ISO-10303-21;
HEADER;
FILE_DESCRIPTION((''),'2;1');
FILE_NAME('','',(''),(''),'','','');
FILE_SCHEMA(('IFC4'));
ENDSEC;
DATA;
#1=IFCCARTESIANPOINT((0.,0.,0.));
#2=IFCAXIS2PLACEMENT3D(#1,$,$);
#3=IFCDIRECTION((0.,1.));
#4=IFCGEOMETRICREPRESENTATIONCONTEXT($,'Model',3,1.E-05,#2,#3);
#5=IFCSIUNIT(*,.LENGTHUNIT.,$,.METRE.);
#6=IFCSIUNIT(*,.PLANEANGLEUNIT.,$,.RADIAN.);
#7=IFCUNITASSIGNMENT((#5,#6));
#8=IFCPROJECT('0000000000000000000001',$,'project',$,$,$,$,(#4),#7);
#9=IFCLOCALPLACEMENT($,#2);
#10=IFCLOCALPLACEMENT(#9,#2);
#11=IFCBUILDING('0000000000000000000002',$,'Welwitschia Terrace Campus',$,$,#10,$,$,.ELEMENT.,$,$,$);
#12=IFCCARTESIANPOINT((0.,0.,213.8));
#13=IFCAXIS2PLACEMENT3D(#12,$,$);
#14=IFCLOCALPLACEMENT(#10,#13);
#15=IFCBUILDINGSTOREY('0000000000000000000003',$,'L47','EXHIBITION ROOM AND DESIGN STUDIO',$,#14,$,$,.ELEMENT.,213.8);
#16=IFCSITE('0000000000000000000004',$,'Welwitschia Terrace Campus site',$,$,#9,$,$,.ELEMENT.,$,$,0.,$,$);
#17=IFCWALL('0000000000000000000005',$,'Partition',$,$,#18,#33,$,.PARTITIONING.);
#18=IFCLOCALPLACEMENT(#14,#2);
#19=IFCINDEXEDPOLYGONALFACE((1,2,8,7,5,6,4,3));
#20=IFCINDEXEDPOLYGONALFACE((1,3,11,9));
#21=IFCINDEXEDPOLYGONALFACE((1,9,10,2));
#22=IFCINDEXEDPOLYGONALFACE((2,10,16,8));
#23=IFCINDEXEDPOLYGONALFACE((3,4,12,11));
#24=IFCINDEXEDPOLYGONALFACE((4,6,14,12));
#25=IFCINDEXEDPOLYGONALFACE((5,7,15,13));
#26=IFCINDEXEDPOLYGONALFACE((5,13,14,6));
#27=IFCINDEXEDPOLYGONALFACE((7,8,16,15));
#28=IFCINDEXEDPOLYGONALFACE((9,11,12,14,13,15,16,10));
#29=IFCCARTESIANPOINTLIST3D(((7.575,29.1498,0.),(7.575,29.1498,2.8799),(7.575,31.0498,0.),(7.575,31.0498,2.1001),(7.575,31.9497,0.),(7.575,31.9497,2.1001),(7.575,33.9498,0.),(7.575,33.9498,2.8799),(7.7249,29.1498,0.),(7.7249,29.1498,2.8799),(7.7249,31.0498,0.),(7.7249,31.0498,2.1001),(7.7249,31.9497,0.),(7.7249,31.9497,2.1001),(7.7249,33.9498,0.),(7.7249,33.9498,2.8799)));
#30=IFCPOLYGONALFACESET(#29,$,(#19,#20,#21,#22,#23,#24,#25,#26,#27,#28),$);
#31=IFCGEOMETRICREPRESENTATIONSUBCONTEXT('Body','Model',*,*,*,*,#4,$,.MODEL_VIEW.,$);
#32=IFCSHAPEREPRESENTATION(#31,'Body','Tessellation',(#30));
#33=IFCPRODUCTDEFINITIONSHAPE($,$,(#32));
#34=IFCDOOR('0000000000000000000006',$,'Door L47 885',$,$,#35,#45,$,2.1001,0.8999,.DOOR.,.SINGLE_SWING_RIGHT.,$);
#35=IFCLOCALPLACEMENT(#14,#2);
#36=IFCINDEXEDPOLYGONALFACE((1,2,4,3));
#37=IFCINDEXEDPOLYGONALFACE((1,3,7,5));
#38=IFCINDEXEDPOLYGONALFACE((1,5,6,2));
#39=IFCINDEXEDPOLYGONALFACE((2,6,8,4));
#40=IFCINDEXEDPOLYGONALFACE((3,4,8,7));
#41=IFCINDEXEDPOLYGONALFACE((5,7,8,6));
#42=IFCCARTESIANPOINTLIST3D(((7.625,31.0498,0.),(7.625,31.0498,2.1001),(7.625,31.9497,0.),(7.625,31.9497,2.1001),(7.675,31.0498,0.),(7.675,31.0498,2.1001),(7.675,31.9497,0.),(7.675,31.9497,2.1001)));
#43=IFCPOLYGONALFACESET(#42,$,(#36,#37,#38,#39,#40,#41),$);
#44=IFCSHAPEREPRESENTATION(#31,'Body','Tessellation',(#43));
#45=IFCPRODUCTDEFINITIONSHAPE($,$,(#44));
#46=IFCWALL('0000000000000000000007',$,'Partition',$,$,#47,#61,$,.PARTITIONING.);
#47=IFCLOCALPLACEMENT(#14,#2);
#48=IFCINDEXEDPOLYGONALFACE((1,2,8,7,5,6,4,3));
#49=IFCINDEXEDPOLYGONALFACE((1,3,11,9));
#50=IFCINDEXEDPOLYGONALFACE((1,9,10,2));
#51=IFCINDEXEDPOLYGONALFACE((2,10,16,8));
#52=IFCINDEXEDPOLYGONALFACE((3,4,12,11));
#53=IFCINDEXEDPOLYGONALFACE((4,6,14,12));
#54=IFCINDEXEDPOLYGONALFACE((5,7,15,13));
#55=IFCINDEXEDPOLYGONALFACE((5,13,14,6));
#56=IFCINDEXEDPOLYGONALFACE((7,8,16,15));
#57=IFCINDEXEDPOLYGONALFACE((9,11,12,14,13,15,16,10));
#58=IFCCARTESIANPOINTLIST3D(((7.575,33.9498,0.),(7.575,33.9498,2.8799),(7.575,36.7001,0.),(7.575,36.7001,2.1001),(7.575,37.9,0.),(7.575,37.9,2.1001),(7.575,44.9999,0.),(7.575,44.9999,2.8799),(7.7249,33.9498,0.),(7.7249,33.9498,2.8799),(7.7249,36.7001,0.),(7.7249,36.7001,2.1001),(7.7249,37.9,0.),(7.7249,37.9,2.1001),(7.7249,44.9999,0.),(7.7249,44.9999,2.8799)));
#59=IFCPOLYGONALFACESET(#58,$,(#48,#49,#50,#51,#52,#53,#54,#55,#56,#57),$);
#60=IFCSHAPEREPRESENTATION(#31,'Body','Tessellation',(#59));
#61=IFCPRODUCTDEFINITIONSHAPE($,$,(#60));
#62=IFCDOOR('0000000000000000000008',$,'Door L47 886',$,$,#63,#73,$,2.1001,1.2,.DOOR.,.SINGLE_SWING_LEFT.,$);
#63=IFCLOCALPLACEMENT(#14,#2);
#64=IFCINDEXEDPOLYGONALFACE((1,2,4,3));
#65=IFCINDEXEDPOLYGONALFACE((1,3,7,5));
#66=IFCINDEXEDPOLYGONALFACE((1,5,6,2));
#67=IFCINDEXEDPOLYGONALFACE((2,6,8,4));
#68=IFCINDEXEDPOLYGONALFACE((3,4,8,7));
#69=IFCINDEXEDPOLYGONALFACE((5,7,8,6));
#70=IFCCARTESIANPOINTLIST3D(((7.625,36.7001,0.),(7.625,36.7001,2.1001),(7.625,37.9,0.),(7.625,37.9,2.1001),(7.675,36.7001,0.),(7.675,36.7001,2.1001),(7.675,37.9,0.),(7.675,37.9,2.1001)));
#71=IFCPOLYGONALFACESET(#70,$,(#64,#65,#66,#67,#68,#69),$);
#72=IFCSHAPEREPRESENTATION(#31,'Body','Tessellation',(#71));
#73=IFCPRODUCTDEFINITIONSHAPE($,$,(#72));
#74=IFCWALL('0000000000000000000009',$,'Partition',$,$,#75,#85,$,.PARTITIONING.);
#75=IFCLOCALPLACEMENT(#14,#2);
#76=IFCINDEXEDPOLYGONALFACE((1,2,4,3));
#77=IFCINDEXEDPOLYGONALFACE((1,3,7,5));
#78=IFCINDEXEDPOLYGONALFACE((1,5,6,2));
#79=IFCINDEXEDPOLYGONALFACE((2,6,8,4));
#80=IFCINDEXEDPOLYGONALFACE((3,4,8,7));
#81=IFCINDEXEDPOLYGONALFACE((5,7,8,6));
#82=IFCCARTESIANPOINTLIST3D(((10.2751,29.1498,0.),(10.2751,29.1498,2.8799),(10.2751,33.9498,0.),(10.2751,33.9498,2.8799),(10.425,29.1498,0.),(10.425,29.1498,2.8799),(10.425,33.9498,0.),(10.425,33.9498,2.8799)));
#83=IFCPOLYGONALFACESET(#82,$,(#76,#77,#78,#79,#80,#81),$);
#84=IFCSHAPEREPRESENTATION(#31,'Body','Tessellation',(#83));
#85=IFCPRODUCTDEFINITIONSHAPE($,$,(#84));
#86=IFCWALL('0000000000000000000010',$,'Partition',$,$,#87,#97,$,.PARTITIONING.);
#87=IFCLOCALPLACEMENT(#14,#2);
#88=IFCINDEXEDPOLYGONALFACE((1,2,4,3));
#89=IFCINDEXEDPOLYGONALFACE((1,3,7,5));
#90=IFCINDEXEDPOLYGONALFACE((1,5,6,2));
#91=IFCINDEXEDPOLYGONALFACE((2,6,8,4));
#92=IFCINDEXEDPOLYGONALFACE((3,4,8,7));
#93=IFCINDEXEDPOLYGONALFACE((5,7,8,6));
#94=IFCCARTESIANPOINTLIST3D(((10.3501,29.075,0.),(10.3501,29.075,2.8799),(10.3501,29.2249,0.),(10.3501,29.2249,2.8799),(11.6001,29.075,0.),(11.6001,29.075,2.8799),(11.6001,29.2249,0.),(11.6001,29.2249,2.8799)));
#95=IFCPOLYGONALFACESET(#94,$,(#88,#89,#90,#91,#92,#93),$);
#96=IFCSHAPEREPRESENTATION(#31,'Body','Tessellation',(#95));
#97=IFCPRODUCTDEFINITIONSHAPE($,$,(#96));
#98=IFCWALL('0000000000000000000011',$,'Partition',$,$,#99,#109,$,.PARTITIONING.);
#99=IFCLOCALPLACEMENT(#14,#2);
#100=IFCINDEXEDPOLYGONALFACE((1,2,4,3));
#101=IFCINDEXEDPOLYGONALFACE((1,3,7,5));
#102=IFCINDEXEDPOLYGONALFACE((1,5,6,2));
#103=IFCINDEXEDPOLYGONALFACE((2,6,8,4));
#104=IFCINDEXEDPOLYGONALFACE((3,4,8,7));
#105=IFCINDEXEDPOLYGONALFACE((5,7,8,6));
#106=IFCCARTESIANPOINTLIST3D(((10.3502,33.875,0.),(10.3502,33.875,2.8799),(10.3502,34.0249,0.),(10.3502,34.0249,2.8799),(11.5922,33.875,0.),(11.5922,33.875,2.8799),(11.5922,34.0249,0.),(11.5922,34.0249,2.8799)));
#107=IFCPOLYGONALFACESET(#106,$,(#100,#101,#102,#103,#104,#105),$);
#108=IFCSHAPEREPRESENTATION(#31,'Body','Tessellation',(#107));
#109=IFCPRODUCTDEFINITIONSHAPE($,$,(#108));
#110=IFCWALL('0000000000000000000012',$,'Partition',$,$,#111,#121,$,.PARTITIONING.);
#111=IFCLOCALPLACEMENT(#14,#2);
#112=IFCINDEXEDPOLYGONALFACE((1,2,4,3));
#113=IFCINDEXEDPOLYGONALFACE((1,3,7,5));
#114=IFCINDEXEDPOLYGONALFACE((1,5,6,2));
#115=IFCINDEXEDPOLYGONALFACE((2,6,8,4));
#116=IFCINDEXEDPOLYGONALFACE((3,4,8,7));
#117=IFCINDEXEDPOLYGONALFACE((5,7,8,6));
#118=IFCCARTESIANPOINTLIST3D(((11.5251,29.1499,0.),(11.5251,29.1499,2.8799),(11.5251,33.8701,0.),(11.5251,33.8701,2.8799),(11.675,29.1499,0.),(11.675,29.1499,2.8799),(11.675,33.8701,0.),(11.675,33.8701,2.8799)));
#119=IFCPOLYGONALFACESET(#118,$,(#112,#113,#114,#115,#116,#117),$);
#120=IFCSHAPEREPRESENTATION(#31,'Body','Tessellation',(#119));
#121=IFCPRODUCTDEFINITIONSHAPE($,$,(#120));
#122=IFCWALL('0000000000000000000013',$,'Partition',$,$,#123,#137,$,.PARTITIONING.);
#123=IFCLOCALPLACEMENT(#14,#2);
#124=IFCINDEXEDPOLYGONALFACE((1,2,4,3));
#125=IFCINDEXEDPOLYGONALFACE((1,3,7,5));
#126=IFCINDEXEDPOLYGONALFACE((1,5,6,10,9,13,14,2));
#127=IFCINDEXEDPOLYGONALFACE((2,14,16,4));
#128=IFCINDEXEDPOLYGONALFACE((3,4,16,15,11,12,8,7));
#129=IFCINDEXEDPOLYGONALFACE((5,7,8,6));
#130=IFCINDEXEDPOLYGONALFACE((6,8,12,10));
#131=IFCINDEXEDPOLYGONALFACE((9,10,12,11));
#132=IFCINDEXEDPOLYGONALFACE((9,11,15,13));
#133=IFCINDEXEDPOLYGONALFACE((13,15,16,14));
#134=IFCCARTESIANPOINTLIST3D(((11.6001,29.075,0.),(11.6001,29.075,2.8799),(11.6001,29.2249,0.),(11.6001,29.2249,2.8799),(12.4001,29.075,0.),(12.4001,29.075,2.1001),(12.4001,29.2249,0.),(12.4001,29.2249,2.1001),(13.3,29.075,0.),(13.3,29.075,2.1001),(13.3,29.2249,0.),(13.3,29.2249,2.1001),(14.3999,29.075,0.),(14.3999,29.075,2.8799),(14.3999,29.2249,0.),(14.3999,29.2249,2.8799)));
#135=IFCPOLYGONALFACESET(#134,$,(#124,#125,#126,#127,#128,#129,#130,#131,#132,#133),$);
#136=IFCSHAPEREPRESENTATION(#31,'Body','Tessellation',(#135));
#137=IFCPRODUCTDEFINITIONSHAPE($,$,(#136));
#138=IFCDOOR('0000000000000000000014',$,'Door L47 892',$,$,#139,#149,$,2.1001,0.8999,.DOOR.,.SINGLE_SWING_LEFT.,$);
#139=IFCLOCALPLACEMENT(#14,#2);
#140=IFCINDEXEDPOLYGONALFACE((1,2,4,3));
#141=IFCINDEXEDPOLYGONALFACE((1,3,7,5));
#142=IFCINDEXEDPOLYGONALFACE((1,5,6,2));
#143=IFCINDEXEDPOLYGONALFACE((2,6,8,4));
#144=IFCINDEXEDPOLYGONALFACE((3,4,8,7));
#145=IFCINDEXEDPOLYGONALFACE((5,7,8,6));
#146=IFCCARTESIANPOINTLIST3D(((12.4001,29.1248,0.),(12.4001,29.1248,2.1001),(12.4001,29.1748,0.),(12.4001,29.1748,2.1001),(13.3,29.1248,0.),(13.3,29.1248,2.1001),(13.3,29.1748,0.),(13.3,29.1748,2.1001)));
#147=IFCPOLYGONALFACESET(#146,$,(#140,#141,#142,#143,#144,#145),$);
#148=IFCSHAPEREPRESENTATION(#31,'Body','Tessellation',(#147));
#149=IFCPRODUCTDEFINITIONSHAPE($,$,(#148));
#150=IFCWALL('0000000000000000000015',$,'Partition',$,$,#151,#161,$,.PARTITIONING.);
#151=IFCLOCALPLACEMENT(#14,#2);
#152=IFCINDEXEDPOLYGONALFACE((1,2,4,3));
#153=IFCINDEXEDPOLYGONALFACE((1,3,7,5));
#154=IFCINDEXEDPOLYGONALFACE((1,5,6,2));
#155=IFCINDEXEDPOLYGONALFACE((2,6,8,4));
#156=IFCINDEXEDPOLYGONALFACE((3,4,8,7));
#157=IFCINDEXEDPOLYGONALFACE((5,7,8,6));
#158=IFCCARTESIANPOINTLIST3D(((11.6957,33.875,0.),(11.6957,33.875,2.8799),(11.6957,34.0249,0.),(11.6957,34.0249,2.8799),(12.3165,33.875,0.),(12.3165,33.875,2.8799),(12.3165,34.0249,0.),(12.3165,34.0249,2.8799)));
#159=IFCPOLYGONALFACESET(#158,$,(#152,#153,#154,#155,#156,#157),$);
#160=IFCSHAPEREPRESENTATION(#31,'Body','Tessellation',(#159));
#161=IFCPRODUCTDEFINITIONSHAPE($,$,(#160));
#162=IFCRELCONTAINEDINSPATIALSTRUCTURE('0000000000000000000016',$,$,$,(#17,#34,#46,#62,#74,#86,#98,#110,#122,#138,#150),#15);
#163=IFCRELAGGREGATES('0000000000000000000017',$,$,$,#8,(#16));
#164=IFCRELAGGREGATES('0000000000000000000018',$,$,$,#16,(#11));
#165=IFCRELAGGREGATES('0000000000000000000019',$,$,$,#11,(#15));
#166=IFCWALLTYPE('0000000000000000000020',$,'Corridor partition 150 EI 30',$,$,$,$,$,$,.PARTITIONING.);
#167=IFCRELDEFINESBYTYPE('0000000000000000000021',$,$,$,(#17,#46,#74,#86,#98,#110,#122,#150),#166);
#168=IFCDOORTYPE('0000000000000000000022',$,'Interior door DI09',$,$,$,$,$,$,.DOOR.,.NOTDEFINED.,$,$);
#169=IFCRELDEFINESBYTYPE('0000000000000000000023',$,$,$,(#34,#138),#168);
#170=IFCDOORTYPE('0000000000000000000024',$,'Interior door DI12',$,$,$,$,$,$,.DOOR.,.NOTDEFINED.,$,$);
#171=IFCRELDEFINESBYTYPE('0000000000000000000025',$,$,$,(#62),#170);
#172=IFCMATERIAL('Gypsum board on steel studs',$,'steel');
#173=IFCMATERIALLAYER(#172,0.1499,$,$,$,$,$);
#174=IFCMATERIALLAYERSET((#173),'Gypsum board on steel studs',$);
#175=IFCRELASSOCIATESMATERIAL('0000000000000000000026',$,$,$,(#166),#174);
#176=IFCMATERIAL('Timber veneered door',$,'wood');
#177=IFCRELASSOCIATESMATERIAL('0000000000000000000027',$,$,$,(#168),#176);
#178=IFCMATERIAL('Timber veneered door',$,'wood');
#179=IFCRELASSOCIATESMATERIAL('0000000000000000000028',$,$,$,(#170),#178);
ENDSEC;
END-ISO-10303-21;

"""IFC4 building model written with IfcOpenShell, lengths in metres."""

from ifc_helpers import new_model, si_unit, direction, frame, frame_2d, origin, place, context, subcontext, project, spatial, rectangle, extrude, material, layer, layer_set, type_object, element, fill, save


model = new_model("IFC4")

# Units and contexts
model_context = context("Model", 3, precision=1e-05, world=origin(), true_north=direction((0.0, 1.0)))
body_context = subcontext(model_context, "Body", "Model", "MODEL_VIEW")
ifc_project = project(units=[si_unit("LENGTHUNIT", "METRE"), si_unit("PLANEANGLEUNIT", "RADIAN")], contexts=[model_context])

# Site, building, storey
site_placement = place(None, origin())
site = spatial("IfcSite", under=ifc_project, at=site_placement, Name="Welwitschia Terrace Campus site", CompositionType="ELEMENT", RefElevation=0.0)
building_placement = place(site_placement, origin())
building = spatial("IfcBuilding", under=site, at=building_placement, Name="Welwitschia Terrace Campus", CompositionType="ELEMENT")
storey_placement = place(building_placement, frame((0.0, 0.0, 213.8)))
storey = spatial("IfcBuildingStorey", under=building, at=storey_placement, Name="L47", Description="EXHIBITION ROOM AND DESIGN STUDIO", CompositionType="ELEMENT", Elevation=213.8)

# Shared definitions
ifc_material_1 = material(Name="Gypsum board on steel studs", Category="steel")
ifc_layer_1 = layer(ifc_material_1, 0.1499)
ifc_layer_set_1 = layer_set([ifc_layer_1], Name="Gypsum board on steel studs")
wall_type = type_object("IfcWallType", Name="Corridor partition 150 EI 30", PredefinedType="PARTITIONING", material=ifc_layer_set_1)

# Walls, openings, doors
wall_1_placement = place(storey_placement, frame((7.6499, 29.1499, 0.0), z_axis=(0.0, 0.0, 1.0), x_axis=(0.0, 1.0, 0.0)))
wall_1 = element("IfcWall", 1, at=wall_1_placement, inside=storey, type_object=wall_type, Name="Partition", PredefinedType="PARTITIONING", context=body_context, shape_type="SweptSolid", body=[
    extrude(rectangle(XDim=4.8, YDim=0.1499, at=frame_2d((2.3999, 0.0))), origin(), (0.0, 0.0, 1.0), 2.8799),
])
opening_1_placement = place(wall_1_placement, frame((1.8999, 0.0, 0.0)))
opening_1 = element("IfcOpeningElement", 2, at=opening_1_placement, cuts=wall_1, PredefinedType="OPENING", context=body_context, shape_type="SweptSolid", body=[
    extrude(rectangle(XDim=0.8999, YDim=2.1001, at=frame_2d((0.45, 1.05))), frame((0.0, 0.085, 0.0), z_axis=(0.0, -1.0, 0.0), x_axis=(1.0, 0.0, 0.0)), (0.0, 0.0, 1.0), 0.1699),
])
ifc_material_2 = material(Name="Timber veneered door", Category="wood")
door_type_1 = type_object("IfcDoorType", Name="Interior door DI09", OperationType="NOTDEFINED", PredefinedType="DOOR", material=ifc_material_2)
door_1_placement = place(opening_1_placement, origin())
door_1 = element("IfcDoor", 3, at=door_1_placement, inside=storey, type_object=door_type_1, Name="Door L47 885", OperationType="SINGLE_SWING_RIGHT", OverallHeight=2.1001, OverallWidth=0.8999, PredefinedType="DOOR", context=body_context, shape_type="SweptSolid", body=[
    extrude(rectangle(XDim=0.8999, YDim=2.1001, at=frame_2d((0.45, 1.05))), frame((0.0, 0.0249, 0.0), z_axis=(0.0, -1.0, 0.0), x_axis=(1.0, 0.0, 0.0)), (0.0, 0.0, 1.0), 0.05),
])
fill(opening_1, door_1)
wall_2_placement = place(storey_placement, frame((7.6499, 33.95, 0.0), z_axis=(0.0, 0.0, 1.0), x_axis=(0.0, 1.0, 0.0)))
wall_2 = element("IfcWall", 4, at=wall_2_placement, inside=storey, type_object=wall_type, Name="Partition", PredefinedType="PARTITIONING", context=body_context, shape_type="SweptSolid", body=[
    extrude(rectangle(XDim=11.05, YDim=0.1499, at=frame_2d((5.5249, 0.0))), origin(), (0.0, 0.0, 1.0), 2.8799),
])
opening_2_placement = place(wall_2_placement, frame((2.75, 0.0, 0.0)))
opening_2 = element("IfcOpeningElement", 5, at=opening_2_placement, cuts=wall_2, PredefinedType="OPENING", context=body_context, shape_type="SweptSolid", body=[
    extrude(rectangle(XDim=1.2, YDim=2.1001, at=frame_2d((0.6001, 1.05))), frame((0.0, 0.085, 0.0), z_axis=(0.0, -1.0, 0.0), x_axis=(1.0, 0.0, 0.0)), (0.0, 0.0, 1.0), 0.1699),
])
ifc_material_3 = material(Name="Timber veneered door", Category="wood")
door_type_2 = type_object("IfcDoorType", Name="Interior door DI12", OperationType="NOTDEFINED", PredefinedType="DOOR", material=ifc_material_3)
door_2_placement = place(opening_2_placement, origin())
door_2 = element("IfcDoor", 6, at=door_2_placement, inside=storey, type_object=door_type_2, Name="Door L47 886", OperationType="SINGLE_SWING_LEFT", OverallHeight=2.1001, OverallWidth=1.2, PredefinedType="DOOR", context=body_context, shape_type="SweptSolid", body=[
    extrude(rectangle(XDim=1.2, YDim=2.1001, at=frame_2d((0.6001, 1.05))), frame((0.0, 0.0249, 0.0), z_axis=(0.0, -1.0, 0.0), x_axis=(1.0, 0.0, 0.0)), (0.0, 0.0, 1.0), 0.05),
])
fill(opening_2, door_2)

# Walls
wall_3_placement = place(storey_placement, frame((10.3501, 29.1499, 0.0), z_axis=(0.0, 0.0, 1.0), x_axis=(0.0, 1.0, 0.0)))
element("IfcWall", 7, at=wall_3_placement, inside=storey, type_object=wall_type, Name="Partition", PredefinedType="PARTITIONING", context=body_context, shape_type="SweptSolid", body=[
    extrude(rectangle(XDim=4.8, YDim=0.1499, at=frame_2d((2.3999, 0.0))), origin(), (0.0, 0.0, 1.0), 2.8799),
])
wall_4_placement = place(storey_placement, frame((10.3501, 29.1499, 0.0), z_axis=(0.0, 0.0, 1.0), x_axis=(1.0, 0.0, 0.0)))
element("IfcWall", 8, at=wall_4_placement, inside=storey, type_object=wall_type, Name="Partition", PredefinedType="PARTITIONING", context=body_context, shape_type="SweptSolid", body=[
    extrude(rectangle(XDim=1.25, YDim=0.1499, at=frame_2d((0.625, 0.0))), origin(), (0.0, 0.0, 1.0), 2.8799),
])
wall_5_placement = place(storey_placement, frame((10.3501, 33.95, 0.0), z_axis=(0.0, 0.0, 1.0), x_axis=(1.0, 0.0, 0.0)))
element("IfcWall", 9, at=wall_5_placement, inside=storey, type_object=wall_type, Name="Partition", PredefinedType="PARTITIONING", context=body_context, shape_type="SweptSolid", body=[
    extrude(rectangle(XDim=1.2419, YDim=0.1499, at=frame_2d((0.6211, 0.0))), origin(), (0.0, 0.0, 1.0), 2.8799),
])
wall_6_placement = place(storey_placement, frame((11.6001, 29.1499, 0.0), z_axis=(0.0, 0.0, 1.0), x_axis=(0.0, 1.0, 0.0)))
element("IfcWall", 10, at=wall_6_placement, inside=storey, type_object=wall_type, Name="Partition", PredefinedType="PARTITIONING", context=body_context, shape_type="SweptSolid", body=[
    extrude(rectangle(XDim=4.7202, YDim=0.1499, at=frame_2d((2.3601, 0.0))), origin(), (0.0, 0.0, 1.0), 2.8799),
])

# Wall, opening, door
wall_7_placement = place(storey_placement, frame((11.6001, 29.1499, 0.0), z_axis=(0.0, 0.0, 1.0), x_axis=(1.0, 0.0, 0.0)))
wall_7 = element("IfcWall", 11, at=wall_7_placement, inside=storey, type_object=wall_type, Name="Partition", PredefinedType="PARTITIONING", context=body_context, shape_type="SweptSolid", body=[
    extrude(rectangle(XDim=2.7998, YDim=0.1499, at=frame_2d((1.3999, 0.0))), origin(), (0.0, 0.0, 1.0), 2.8799),
])
opening_3_placement = place(wall_7_placement, frame((0.8, 0.0, 0.0)))
opening_3 = element("IfcOpeningElement", 12, at=opening_3_placement, cuts=wall_7, PredefinedType="OPENING", context=body_context, shape_type="SweptSolid", body=[
    extrude(rectangle(XDim=0.8999, YDim=2.1001, at=frame_2d((0.45, 1.05))), frame((0.0, 0.085, 0.0), z_axis=(0.0, -1.0, 0.0), x_axis=(1.0, 0.0, 0.0)), (0.0, 0.0, 1.0), 0.1699),
])
door_3_placement = place(opening_3_placement, origin())
door_3 = element("IfcDoor", 13, at=door_3_placement, inside=storey, type_object=door_type_1, Name="Door L47 892", OperationType="SINGLE_SWING_LEFT", OverallHeight=2.1001, OverallWidth=0.8999, PredefinedType="DOOR", context=body_context, shape_type="SweptSolid", body=[
    extrude(rectangle(XDim=0.8999, YDim=2.1001, at=frame_2d((0.45, 1.05))), frame((0.0, 0.0249, 0.0), z_axis=(0.0, -1.0, 0.0), x_axis=(1.0, 0.0, 0.0)), (0.0, 0.0, 1.0), 0.05),
])
fill(opening_3, door_3)

# Wall
wall_8_placement = place(storey_placement, frame((11.6956, 33.95, 0.0), z_axis=(0.0, 0.0, 1.0), x_axis=(1.0, 0.0, 0.0)))
element("IfcWall", 14, at=wall_8_placement, inside=storey, type_object=wall_type, Name="Partition", PredefinedType="PARTITIONING", context=body_context, shape_type="SweptSolid", body=[
    extrude(rectangle(XDim=0.6208, YDim=0.1499, at=frame_2d((0.3105, 0.0))), origin(), (0.0, 0.0, 1.0), 2.8799),
])

save(model, "model.ifc")
